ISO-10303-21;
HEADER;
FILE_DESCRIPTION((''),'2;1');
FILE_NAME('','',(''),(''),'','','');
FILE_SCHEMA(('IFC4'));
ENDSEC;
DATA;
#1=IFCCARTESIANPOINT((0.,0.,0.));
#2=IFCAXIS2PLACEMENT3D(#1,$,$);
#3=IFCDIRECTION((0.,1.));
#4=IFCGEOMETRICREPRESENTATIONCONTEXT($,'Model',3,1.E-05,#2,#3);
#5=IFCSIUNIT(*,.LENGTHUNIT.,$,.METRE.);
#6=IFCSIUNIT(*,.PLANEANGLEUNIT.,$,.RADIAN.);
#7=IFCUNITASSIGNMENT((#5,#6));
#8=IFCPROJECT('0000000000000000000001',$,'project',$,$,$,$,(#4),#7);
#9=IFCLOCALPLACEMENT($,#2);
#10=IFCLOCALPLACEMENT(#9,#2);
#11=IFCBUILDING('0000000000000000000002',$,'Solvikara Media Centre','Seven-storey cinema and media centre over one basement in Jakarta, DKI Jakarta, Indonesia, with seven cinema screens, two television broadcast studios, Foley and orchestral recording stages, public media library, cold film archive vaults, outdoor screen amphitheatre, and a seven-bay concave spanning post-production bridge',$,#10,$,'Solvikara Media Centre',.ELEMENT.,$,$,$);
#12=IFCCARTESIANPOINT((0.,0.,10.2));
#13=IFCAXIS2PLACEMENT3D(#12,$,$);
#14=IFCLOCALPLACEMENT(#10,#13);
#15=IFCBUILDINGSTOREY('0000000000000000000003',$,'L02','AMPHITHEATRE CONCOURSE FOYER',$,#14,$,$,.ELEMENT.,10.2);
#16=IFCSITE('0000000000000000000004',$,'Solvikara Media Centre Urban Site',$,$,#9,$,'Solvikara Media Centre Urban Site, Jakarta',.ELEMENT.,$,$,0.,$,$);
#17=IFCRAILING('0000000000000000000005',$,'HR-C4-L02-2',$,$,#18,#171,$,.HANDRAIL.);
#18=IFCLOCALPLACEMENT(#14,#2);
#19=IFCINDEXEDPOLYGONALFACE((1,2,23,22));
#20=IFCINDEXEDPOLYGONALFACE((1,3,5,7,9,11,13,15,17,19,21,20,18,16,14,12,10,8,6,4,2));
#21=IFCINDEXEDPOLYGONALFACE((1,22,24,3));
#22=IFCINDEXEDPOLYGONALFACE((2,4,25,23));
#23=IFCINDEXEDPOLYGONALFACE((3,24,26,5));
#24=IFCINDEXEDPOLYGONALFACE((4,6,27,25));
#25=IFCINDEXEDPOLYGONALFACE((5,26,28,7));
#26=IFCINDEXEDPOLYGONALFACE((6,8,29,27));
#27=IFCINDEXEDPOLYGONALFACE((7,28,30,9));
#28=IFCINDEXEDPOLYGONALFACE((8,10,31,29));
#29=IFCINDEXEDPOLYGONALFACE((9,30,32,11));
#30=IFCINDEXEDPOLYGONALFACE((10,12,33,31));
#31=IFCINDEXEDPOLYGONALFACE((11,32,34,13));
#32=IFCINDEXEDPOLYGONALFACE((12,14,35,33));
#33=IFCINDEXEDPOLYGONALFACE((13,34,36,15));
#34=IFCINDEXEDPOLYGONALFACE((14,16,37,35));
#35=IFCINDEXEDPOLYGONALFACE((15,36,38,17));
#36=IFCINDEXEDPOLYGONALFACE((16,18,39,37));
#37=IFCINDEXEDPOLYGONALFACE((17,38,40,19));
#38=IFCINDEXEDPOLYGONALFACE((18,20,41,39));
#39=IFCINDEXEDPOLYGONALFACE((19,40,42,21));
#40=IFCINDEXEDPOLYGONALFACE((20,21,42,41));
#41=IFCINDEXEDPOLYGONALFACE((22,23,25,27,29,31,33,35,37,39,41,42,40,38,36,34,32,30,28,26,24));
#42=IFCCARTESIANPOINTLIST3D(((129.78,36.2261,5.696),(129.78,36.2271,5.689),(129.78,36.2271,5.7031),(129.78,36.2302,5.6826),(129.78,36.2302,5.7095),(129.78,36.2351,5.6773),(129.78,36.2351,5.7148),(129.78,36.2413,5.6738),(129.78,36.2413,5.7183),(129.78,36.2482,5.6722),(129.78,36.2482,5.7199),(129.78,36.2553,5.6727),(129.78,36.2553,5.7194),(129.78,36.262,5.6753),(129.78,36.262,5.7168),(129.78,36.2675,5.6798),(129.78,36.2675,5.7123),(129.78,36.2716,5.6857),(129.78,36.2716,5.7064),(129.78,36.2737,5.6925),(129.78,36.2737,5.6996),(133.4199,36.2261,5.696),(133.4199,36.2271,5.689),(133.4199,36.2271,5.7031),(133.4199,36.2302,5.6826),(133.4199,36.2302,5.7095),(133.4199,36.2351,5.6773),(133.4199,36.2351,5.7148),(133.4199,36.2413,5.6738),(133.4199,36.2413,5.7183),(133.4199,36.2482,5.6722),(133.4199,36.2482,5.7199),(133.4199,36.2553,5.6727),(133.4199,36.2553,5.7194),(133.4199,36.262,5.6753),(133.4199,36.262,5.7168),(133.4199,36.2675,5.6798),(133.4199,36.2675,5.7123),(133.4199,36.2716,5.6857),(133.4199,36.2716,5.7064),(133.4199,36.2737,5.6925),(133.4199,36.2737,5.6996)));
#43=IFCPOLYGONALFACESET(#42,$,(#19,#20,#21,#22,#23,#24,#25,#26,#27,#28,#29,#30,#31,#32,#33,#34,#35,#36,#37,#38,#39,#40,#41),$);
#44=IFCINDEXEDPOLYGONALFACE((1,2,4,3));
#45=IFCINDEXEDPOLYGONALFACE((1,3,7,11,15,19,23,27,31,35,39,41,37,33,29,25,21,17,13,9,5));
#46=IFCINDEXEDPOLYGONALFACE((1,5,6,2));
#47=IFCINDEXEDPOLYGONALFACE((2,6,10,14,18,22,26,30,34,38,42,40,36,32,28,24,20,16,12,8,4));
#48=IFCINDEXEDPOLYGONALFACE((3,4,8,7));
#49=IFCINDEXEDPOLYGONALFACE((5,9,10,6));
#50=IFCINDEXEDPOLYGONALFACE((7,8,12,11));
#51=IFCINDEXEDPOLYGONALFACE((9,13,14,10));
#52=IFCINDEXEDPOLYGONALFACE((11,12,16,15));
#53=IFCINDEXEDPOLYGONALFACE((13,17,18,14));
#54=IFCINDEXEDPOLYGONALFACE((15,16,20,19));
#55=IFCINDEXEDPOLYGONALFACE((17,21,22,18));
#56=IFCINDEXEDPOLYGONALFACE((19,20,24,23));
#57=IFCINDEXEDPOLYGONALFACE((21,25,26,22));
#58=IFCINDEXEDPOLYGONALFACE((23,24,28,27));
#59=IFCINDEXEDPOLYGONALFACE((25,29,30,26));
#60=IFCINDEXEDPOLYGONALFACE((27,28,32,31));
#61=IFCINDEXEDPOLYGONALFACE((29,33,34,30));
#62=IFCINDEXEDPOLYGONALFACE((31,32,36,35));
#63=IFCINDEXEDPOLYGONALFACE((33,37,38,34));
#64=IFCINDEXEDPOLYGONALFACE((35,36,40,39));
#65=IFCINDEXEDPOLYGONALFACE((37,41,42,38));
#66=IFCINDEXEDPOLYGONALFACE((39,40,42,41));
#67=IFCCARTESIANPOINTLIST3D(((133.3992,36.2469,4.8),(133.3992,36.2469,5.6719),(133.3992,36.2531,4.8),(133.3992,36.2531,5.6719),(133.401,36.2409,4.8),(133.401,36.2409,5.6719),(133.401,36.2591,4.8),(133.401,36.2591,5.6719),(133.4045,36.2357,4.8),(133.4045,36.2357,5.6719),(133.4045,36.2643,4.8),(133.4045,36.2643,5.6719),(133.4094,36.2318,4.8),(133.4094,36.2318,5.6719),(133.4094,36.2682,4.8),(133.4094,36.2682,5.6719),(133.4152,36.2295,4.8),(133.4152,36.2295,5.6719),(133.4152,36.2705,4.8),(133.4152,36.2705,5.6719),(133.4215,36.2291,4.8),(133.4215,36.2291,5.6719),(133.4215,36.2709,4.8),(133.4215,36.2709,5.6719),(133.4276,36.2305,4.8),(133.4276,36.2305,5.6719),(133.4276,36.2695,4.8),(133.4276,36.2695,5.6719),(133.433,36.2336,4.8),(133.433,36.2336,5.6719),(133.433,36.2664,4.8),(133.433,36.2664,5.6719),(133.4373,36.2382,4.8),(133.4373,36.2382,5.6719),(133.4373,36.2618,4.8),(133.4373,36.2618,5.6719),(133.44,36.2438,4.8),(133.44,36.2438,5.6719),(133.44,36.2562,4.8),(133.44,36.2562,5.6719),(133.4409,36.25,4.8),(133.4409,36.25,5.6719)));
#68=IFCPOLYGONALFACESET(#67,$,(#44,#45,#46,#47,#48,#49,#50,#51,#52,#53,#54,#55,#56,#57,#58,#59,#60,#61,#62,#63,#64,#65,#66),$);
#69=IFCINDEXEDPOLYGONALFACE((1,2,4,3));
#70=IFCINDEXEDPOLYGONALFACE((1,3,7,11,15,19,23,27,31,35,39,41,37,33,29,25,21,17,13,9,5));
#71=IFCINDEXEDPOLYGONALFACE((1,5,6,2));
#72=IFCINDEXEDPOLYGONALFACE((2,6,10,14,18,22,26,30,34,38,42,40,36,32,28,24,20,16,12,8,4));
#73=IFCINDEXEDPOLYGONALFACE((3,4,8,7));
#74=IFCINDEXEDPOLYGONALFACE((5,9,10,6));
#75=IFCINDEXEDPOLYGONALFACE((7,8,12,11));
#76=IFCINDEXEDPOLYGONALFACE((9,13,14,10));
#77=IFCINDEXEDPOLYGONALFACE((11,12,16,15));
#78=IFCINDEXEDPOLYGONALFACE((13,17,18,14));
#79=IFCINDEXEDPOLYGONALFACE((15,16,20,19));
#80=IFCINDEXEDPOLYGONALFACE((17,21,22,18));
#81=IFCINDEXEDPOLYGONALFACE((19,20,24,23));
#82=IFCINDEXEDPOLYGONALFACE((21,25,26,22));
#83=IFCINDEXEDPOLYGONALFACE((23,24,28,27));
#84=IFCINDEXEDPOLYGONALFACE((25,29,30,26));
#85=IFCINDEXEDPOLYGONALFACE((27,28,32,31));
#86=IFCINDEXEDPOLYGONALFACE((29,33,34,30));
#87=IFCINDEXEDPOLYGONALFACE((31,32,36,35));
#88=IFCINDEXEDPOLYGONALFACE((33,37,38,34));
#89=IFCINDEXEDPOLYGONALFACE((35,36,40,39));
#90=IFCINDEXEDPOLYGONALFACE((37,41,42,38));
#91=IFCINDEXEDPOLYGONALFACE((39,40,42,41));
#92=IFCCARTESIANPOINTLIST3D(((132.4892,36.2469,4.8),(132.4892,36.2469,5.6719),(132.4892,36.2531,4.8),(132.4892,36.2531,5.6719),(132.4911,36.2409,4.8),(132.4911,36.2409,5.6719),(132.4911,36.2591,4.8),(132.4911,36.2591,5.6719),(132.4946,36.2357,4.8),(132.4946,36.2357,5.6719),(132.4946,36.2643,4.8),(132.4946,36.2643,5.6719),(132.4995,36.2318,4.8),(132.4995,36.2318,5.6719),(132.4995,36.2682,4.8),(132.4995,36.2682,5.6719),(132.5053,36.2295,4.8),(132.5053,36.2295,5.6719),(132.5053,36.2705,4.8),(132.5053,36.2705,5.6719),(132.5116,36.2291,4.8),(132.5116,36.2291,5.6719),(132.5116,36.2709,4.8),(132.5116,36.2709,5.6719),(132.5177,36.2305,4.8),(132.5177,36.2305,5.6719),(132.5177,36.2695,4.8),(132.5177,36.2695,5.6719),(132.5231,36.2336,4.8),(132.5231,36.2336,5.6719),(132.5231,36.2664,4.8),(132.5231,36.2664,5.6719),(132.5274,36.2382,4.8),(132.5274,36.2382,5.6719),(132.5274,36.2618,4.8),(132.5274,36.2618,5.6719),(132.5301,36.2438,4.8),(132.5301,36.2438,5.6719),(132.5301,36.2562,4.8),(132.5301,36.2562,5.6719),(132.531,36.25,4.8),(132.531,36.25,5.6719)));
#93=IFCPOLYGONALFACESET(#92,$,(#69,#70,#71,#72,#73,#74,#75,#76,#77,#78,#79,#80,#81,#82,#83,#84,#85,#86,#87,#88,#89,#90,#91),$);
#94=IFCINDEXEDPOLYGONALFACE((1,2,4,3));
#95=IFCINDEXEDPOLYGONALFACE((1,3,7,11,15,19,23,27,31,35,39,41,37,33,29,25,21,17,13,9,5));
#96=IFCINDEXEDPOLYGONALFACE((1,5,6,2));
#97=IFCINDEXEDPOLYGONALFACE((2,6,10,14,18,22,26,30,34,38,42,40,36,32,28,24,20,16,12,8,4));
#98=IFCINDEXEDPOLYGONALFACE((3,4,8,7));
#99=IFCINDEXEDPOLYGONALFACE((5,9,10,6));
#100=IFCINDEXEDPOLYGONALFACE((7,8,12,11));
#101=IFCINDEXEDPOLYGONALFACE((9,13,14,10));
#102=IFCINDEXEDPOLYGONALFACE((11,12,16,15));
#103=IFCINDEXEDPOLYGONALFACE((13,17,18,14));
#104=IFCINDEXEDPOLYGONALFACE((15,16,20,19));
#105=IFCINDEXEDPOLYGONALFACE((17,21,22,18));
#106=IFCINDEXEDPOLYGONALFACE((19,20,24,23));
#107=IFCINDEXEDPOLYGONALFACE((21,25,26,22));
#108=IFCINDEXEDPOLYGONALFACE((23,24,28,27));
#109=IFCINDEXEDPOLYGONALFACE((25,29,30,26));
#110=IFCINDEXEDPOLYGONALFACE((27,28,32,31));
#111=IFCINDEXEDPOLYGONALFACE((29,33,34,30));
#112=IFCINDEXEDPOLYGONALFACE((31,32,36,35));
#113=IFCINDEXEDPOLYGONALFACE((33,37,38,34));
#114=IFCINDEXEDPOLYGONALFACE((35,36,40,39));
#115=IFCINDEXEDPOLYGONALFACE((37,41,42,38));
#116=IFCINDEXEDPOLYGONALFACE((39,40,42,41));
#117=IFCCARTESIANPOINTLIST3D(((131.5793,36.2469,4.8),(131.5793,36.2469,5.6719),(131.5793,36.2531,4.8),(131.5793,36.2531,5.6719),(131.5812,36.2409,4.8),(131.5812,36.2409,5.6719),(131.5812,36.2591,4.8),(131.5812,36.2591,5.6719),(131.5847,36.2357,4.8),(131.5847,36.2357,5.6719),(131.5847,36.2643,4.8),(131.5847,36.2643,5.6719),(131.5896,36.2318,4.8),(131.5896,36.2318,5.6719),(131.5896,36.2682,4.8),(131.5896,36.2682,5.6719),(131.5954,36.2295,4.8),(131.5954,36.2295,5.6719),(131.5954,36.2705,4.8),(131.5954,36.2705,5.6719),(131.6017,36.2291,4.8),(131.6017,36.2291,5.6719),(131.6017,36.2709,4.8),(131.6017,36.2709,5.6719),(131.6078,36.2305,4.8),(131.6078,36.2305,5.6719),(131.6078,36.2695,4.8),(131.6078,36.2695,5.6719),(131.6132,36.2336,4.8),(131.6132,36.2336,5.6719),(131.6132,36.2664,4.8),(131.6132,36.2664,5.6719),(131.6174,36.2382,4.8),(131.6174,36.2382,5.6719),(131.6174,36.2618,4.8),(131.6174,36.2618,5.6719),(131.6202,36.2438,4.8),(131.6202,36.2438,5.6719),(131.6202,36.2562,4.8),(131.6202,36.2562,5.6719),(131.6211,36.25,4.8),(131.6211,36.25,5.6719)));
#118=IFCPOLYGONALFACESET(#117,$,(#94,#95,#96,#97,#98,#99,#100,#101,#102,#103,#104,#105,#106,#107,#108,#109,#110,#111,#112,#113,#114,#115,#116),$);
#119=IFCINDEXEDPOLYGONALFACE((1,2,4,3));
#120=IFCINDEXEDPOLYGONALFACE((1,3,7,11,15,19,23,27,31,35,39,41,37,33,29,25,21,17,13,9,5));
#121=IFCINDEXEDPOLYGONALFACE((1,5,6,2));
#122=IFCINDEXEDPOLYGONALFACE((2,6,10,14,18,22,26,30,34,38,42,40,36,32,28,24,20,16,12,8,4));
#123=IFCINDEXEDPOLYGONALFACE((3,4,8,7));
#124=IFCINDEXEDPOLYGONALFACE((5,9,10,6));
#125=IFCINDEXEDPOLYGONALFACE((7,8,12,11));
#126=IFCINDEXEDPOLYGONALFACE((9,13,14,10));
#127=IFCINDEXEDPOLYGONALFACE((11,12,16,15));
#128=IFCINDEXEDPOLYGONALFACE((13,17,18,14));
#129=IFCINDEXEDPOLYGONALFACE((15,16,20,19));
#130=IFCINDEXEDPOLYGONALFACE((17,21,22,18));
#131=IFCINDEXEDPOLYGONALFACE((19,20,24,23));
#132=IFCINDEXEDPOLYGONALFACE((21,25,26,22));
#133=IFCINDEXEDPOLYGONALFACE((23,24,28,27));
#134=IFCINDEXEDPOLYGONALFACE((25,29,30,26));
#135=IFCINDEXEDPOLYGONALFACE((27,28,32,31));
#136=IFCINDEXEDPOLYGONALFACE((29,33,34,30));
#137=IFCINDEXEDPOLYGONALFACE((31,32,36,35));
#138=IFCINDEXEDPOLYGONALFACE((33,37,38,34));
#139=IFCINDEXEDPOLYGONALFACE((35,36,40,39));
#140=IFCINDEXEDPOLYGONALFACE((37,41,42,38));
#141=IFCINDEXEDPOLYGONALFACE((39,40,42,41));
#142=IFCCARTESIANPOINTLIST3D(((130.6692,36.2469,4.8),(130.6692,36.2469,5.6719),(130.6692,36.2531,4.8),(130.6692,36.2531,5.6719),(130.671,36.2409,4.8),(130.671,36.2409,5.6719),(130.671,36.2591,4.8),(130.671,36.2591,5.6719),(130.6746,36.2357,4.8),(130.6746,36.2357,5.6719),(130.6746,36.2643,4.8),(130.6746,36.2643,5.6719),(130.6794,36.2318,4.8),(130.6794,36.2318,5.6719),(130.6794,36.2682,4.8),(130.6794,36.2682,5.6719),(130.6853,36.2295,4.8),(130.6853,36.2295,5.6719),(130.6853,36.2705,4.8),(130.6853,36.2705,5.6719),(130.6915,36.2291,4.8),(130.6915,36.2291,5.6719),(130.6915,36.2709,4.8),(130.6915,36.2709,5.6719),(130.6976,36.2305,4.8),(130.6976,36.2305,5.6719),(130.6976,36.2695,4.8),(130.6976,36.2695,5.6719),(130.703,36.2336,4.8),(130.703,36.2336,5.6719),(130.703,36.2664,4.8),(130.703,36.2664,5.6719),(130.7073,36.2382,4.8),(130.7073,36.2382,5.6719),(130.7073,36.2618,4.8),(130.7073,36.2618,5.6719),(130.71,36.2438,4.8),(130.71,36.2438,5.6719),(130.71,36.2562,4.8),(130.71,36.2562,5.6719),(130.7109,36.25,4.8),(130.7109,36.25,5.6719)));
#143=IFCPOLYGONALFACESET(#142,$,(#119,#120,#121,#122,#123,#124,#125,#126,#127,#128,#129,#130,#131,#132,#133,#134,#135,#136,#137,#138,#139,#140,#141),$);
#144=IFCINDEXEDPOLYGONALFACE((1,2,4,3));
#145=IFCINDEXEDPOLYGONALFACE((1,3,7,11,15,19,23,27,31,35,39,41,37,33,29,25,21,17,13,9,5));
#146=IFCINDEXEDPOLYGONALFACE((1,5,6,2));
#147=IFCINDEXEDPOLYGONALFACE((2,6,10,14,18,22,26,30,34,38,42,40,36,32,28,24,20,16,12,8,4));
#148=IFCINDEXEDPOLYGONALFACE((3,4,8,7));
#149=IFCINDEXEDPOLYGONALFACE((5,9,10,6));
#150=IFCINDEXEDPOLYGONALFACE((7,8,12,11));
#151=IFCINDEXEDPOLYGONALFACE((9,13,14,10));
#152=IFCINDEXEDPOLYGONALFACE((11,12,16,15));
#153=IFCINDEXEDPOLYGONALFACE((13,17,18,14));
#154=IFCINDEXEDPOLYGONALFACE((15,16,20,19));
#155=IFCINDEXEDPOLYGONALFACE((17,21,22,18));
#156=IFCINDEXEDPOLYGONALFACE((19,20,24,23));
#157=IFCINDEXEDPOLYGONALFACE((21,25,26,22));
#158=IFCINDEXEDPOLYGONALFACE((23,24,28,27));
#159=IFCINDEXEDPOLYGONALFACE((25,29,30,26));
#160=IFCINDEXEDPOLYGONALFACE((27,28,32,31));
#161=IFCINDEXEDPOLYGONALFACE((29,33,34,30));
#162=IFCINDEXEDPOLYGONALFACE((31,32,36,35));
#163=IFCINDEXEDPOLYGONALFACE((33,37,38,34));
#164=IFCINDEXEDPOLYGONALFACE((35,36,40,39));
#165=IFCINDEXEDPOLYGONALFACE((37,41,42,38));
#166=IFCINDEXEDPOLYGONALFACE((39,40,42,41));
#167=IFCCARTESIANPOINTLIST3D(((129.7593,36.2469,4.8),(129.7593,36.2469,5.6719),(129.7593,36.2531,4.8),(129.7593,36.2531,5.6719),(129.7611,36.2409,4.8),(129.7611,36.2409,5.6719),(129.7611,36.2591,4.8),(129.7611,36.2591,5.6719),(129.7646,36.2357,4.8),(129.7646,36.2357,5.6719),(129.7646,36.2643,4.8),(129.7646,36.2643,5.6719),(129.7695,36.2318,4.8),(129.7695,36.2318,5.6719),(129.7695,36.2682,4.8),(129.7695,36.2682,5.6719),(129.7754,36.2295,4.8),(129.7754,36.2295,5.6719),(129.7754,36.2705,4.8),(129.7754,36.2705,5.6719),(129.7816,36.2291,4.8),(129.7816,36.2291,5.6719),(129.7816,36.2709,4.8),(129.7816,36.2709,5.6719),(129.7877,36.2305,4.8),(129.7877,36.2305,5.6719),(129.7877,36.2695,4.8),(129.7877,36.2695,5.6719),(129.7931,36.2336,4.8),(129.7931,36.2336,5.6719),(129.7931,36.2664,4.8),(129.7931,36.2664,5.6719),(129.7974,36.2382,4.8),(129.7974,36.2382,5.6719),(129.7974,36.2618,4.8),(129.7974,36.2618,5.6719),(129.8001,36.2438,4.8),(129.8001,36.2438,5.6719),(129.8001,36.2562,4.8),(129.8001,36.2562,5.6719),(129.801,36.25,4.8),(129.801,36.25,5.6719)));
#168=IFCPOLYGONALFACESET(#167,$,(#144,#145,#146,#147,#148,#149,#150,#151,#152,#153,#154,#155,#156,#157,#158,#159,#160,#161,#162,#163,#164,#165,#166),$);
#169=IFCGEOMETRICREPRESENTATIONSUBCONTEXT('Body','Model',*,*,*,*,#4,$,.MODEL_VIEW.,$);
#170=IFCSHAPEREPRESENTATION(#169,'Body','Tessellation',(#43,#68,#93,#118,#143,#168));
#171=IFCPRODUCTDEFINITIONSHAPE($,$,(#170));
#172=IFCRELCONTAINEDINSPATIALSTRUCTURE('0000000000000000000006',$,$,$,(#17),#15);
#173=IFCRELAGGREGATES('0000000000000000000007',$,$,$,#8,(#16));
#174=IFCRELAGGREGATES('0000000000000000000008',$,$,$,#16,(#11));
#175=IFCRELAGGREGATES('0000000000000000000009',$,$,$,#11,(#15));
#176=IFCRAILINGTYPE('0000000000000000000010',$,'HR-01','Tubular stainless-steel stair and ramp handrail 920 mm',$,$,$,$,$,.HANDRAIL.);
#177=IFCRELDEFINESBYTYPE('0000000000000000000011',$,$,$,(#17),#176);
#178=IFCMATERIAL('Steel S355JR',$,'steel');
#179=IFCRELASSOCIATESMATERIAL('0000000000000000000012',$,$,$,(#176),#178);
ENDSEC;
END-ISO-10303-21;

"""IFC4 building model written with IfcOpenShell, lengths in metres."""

from ifc_helpers import new_model, si_unit, direction, frame, origin, origin_2d, place, context, subcontext, project, spatial, circle, extrude, material, type_object, element, save


model = new_model("IFC4")

# Units and contexts
model_context = context("Model", 3, precision=1e-05, world=origin(), true_north=direction((0.0, 1.0)))
body_context = subcontext(model_context, "Body", "Model", "MODEL_VIEW")
ifc_project = project(units=[si_unit("LENGTHUNIT", "METRE"), si_unit("PLANEANGLEUNIT", "RADIAN")], contexts=[model_context])

# Site, building, storey
site_placement = place(None, origin())
site = spatial("IfcSite", under=ifc_project, at=site_placement, Name="Solvikara Media Centre Urban Site", LongName="Solvikara Media Centre Urban Site, Jakarta", CompositionType="ELEMENT", RefElevation=0.0)
building_placement = place(site_placement, origin())
building = spatial("IfcBuilding", under=site, at=building_placement, Name="Solvikara Media Centre", Description="Seven-storey cinema and media centre over one basement in Jakarta, DKI Jakarta, Indonesia, with seven cinema screens, two television broadcast studios, Foley and orchestral recording stages, public media library, cold film archive vaults, outdoor screen amphitheatre, and a seven-bay concave spanning post-production bridge", LongName="Solvikara Media Centre", CompositionType="ELEMENT")
storey_placement = place(building_placement, frame((0.0, 0.0, 10.2)))
storey = spatial("IfcBuildingStorey", under=building, at=storey_placement, Name="L02", Description="AMPHITHEATRE CONCOURSE FOYER", CompositionType="ELEMENT", Elevation=10.2)

# Shared definitions
ifc_material_1 = material(Name="Steel S355JR", Category="steel")

# Railing
railing_type_1 = type_object("IfcRailingType", Name="HR-01", Description="Tubular stainless-steel stair and ramp handrail 920 mm", PredefinedType="HANDRAIL", material=ifc_material_1)
railing_1_placement = place(storey_placement, frame((133.4199, 36.25, 4.8)))
element("IfcRailing", 1, at=railing_1_placement, inside=storey, type_object=railing_type_1, Name="HR-C4-L02-2", PredefinedType="HANDRAIL", context=body_context, shape_type="SweptSolid", body=[
    extrude(circle(Radius=0.0239, at=origin_2d()), frame((0.0, 0.0, 0.896), z_axis=(-1.0, 0.0, 0.0), x_axis=(0.0, -1.0, 0.0)), (0.0, 0.0, 1.0), 3.6399),
    extrude(circle(Radius=0.021, at=origin_2d()), origin(), (0.0, 0.0, 1.0), 0.8718),
    extrude(circle(Radius=0.021, at=origin_2d()), frame((-0.9099, 0.0, 0.0)), (0.0, 0.0, 1.0), 0.8718),
    extrude(circle(Radius=0.021, at=origin_2d()), frame((-1.8198, 0.0, 0.0)), (0.0, 0.0, 1.0), 0.8718),
    extrude(circle(Radius=0.021, at=origin_2d()), frame((-2.73, 0.0, 0.0)), (0.0, 0.0, 1.0), 0.8718),
    extrude(circle(Radius=0.021, at=origin_2d()), frame((-3.6399, 0.0, 0.0)), (0.0, 0.0, 1.0), 0.8718),
])

save(model, "model.ifc")
